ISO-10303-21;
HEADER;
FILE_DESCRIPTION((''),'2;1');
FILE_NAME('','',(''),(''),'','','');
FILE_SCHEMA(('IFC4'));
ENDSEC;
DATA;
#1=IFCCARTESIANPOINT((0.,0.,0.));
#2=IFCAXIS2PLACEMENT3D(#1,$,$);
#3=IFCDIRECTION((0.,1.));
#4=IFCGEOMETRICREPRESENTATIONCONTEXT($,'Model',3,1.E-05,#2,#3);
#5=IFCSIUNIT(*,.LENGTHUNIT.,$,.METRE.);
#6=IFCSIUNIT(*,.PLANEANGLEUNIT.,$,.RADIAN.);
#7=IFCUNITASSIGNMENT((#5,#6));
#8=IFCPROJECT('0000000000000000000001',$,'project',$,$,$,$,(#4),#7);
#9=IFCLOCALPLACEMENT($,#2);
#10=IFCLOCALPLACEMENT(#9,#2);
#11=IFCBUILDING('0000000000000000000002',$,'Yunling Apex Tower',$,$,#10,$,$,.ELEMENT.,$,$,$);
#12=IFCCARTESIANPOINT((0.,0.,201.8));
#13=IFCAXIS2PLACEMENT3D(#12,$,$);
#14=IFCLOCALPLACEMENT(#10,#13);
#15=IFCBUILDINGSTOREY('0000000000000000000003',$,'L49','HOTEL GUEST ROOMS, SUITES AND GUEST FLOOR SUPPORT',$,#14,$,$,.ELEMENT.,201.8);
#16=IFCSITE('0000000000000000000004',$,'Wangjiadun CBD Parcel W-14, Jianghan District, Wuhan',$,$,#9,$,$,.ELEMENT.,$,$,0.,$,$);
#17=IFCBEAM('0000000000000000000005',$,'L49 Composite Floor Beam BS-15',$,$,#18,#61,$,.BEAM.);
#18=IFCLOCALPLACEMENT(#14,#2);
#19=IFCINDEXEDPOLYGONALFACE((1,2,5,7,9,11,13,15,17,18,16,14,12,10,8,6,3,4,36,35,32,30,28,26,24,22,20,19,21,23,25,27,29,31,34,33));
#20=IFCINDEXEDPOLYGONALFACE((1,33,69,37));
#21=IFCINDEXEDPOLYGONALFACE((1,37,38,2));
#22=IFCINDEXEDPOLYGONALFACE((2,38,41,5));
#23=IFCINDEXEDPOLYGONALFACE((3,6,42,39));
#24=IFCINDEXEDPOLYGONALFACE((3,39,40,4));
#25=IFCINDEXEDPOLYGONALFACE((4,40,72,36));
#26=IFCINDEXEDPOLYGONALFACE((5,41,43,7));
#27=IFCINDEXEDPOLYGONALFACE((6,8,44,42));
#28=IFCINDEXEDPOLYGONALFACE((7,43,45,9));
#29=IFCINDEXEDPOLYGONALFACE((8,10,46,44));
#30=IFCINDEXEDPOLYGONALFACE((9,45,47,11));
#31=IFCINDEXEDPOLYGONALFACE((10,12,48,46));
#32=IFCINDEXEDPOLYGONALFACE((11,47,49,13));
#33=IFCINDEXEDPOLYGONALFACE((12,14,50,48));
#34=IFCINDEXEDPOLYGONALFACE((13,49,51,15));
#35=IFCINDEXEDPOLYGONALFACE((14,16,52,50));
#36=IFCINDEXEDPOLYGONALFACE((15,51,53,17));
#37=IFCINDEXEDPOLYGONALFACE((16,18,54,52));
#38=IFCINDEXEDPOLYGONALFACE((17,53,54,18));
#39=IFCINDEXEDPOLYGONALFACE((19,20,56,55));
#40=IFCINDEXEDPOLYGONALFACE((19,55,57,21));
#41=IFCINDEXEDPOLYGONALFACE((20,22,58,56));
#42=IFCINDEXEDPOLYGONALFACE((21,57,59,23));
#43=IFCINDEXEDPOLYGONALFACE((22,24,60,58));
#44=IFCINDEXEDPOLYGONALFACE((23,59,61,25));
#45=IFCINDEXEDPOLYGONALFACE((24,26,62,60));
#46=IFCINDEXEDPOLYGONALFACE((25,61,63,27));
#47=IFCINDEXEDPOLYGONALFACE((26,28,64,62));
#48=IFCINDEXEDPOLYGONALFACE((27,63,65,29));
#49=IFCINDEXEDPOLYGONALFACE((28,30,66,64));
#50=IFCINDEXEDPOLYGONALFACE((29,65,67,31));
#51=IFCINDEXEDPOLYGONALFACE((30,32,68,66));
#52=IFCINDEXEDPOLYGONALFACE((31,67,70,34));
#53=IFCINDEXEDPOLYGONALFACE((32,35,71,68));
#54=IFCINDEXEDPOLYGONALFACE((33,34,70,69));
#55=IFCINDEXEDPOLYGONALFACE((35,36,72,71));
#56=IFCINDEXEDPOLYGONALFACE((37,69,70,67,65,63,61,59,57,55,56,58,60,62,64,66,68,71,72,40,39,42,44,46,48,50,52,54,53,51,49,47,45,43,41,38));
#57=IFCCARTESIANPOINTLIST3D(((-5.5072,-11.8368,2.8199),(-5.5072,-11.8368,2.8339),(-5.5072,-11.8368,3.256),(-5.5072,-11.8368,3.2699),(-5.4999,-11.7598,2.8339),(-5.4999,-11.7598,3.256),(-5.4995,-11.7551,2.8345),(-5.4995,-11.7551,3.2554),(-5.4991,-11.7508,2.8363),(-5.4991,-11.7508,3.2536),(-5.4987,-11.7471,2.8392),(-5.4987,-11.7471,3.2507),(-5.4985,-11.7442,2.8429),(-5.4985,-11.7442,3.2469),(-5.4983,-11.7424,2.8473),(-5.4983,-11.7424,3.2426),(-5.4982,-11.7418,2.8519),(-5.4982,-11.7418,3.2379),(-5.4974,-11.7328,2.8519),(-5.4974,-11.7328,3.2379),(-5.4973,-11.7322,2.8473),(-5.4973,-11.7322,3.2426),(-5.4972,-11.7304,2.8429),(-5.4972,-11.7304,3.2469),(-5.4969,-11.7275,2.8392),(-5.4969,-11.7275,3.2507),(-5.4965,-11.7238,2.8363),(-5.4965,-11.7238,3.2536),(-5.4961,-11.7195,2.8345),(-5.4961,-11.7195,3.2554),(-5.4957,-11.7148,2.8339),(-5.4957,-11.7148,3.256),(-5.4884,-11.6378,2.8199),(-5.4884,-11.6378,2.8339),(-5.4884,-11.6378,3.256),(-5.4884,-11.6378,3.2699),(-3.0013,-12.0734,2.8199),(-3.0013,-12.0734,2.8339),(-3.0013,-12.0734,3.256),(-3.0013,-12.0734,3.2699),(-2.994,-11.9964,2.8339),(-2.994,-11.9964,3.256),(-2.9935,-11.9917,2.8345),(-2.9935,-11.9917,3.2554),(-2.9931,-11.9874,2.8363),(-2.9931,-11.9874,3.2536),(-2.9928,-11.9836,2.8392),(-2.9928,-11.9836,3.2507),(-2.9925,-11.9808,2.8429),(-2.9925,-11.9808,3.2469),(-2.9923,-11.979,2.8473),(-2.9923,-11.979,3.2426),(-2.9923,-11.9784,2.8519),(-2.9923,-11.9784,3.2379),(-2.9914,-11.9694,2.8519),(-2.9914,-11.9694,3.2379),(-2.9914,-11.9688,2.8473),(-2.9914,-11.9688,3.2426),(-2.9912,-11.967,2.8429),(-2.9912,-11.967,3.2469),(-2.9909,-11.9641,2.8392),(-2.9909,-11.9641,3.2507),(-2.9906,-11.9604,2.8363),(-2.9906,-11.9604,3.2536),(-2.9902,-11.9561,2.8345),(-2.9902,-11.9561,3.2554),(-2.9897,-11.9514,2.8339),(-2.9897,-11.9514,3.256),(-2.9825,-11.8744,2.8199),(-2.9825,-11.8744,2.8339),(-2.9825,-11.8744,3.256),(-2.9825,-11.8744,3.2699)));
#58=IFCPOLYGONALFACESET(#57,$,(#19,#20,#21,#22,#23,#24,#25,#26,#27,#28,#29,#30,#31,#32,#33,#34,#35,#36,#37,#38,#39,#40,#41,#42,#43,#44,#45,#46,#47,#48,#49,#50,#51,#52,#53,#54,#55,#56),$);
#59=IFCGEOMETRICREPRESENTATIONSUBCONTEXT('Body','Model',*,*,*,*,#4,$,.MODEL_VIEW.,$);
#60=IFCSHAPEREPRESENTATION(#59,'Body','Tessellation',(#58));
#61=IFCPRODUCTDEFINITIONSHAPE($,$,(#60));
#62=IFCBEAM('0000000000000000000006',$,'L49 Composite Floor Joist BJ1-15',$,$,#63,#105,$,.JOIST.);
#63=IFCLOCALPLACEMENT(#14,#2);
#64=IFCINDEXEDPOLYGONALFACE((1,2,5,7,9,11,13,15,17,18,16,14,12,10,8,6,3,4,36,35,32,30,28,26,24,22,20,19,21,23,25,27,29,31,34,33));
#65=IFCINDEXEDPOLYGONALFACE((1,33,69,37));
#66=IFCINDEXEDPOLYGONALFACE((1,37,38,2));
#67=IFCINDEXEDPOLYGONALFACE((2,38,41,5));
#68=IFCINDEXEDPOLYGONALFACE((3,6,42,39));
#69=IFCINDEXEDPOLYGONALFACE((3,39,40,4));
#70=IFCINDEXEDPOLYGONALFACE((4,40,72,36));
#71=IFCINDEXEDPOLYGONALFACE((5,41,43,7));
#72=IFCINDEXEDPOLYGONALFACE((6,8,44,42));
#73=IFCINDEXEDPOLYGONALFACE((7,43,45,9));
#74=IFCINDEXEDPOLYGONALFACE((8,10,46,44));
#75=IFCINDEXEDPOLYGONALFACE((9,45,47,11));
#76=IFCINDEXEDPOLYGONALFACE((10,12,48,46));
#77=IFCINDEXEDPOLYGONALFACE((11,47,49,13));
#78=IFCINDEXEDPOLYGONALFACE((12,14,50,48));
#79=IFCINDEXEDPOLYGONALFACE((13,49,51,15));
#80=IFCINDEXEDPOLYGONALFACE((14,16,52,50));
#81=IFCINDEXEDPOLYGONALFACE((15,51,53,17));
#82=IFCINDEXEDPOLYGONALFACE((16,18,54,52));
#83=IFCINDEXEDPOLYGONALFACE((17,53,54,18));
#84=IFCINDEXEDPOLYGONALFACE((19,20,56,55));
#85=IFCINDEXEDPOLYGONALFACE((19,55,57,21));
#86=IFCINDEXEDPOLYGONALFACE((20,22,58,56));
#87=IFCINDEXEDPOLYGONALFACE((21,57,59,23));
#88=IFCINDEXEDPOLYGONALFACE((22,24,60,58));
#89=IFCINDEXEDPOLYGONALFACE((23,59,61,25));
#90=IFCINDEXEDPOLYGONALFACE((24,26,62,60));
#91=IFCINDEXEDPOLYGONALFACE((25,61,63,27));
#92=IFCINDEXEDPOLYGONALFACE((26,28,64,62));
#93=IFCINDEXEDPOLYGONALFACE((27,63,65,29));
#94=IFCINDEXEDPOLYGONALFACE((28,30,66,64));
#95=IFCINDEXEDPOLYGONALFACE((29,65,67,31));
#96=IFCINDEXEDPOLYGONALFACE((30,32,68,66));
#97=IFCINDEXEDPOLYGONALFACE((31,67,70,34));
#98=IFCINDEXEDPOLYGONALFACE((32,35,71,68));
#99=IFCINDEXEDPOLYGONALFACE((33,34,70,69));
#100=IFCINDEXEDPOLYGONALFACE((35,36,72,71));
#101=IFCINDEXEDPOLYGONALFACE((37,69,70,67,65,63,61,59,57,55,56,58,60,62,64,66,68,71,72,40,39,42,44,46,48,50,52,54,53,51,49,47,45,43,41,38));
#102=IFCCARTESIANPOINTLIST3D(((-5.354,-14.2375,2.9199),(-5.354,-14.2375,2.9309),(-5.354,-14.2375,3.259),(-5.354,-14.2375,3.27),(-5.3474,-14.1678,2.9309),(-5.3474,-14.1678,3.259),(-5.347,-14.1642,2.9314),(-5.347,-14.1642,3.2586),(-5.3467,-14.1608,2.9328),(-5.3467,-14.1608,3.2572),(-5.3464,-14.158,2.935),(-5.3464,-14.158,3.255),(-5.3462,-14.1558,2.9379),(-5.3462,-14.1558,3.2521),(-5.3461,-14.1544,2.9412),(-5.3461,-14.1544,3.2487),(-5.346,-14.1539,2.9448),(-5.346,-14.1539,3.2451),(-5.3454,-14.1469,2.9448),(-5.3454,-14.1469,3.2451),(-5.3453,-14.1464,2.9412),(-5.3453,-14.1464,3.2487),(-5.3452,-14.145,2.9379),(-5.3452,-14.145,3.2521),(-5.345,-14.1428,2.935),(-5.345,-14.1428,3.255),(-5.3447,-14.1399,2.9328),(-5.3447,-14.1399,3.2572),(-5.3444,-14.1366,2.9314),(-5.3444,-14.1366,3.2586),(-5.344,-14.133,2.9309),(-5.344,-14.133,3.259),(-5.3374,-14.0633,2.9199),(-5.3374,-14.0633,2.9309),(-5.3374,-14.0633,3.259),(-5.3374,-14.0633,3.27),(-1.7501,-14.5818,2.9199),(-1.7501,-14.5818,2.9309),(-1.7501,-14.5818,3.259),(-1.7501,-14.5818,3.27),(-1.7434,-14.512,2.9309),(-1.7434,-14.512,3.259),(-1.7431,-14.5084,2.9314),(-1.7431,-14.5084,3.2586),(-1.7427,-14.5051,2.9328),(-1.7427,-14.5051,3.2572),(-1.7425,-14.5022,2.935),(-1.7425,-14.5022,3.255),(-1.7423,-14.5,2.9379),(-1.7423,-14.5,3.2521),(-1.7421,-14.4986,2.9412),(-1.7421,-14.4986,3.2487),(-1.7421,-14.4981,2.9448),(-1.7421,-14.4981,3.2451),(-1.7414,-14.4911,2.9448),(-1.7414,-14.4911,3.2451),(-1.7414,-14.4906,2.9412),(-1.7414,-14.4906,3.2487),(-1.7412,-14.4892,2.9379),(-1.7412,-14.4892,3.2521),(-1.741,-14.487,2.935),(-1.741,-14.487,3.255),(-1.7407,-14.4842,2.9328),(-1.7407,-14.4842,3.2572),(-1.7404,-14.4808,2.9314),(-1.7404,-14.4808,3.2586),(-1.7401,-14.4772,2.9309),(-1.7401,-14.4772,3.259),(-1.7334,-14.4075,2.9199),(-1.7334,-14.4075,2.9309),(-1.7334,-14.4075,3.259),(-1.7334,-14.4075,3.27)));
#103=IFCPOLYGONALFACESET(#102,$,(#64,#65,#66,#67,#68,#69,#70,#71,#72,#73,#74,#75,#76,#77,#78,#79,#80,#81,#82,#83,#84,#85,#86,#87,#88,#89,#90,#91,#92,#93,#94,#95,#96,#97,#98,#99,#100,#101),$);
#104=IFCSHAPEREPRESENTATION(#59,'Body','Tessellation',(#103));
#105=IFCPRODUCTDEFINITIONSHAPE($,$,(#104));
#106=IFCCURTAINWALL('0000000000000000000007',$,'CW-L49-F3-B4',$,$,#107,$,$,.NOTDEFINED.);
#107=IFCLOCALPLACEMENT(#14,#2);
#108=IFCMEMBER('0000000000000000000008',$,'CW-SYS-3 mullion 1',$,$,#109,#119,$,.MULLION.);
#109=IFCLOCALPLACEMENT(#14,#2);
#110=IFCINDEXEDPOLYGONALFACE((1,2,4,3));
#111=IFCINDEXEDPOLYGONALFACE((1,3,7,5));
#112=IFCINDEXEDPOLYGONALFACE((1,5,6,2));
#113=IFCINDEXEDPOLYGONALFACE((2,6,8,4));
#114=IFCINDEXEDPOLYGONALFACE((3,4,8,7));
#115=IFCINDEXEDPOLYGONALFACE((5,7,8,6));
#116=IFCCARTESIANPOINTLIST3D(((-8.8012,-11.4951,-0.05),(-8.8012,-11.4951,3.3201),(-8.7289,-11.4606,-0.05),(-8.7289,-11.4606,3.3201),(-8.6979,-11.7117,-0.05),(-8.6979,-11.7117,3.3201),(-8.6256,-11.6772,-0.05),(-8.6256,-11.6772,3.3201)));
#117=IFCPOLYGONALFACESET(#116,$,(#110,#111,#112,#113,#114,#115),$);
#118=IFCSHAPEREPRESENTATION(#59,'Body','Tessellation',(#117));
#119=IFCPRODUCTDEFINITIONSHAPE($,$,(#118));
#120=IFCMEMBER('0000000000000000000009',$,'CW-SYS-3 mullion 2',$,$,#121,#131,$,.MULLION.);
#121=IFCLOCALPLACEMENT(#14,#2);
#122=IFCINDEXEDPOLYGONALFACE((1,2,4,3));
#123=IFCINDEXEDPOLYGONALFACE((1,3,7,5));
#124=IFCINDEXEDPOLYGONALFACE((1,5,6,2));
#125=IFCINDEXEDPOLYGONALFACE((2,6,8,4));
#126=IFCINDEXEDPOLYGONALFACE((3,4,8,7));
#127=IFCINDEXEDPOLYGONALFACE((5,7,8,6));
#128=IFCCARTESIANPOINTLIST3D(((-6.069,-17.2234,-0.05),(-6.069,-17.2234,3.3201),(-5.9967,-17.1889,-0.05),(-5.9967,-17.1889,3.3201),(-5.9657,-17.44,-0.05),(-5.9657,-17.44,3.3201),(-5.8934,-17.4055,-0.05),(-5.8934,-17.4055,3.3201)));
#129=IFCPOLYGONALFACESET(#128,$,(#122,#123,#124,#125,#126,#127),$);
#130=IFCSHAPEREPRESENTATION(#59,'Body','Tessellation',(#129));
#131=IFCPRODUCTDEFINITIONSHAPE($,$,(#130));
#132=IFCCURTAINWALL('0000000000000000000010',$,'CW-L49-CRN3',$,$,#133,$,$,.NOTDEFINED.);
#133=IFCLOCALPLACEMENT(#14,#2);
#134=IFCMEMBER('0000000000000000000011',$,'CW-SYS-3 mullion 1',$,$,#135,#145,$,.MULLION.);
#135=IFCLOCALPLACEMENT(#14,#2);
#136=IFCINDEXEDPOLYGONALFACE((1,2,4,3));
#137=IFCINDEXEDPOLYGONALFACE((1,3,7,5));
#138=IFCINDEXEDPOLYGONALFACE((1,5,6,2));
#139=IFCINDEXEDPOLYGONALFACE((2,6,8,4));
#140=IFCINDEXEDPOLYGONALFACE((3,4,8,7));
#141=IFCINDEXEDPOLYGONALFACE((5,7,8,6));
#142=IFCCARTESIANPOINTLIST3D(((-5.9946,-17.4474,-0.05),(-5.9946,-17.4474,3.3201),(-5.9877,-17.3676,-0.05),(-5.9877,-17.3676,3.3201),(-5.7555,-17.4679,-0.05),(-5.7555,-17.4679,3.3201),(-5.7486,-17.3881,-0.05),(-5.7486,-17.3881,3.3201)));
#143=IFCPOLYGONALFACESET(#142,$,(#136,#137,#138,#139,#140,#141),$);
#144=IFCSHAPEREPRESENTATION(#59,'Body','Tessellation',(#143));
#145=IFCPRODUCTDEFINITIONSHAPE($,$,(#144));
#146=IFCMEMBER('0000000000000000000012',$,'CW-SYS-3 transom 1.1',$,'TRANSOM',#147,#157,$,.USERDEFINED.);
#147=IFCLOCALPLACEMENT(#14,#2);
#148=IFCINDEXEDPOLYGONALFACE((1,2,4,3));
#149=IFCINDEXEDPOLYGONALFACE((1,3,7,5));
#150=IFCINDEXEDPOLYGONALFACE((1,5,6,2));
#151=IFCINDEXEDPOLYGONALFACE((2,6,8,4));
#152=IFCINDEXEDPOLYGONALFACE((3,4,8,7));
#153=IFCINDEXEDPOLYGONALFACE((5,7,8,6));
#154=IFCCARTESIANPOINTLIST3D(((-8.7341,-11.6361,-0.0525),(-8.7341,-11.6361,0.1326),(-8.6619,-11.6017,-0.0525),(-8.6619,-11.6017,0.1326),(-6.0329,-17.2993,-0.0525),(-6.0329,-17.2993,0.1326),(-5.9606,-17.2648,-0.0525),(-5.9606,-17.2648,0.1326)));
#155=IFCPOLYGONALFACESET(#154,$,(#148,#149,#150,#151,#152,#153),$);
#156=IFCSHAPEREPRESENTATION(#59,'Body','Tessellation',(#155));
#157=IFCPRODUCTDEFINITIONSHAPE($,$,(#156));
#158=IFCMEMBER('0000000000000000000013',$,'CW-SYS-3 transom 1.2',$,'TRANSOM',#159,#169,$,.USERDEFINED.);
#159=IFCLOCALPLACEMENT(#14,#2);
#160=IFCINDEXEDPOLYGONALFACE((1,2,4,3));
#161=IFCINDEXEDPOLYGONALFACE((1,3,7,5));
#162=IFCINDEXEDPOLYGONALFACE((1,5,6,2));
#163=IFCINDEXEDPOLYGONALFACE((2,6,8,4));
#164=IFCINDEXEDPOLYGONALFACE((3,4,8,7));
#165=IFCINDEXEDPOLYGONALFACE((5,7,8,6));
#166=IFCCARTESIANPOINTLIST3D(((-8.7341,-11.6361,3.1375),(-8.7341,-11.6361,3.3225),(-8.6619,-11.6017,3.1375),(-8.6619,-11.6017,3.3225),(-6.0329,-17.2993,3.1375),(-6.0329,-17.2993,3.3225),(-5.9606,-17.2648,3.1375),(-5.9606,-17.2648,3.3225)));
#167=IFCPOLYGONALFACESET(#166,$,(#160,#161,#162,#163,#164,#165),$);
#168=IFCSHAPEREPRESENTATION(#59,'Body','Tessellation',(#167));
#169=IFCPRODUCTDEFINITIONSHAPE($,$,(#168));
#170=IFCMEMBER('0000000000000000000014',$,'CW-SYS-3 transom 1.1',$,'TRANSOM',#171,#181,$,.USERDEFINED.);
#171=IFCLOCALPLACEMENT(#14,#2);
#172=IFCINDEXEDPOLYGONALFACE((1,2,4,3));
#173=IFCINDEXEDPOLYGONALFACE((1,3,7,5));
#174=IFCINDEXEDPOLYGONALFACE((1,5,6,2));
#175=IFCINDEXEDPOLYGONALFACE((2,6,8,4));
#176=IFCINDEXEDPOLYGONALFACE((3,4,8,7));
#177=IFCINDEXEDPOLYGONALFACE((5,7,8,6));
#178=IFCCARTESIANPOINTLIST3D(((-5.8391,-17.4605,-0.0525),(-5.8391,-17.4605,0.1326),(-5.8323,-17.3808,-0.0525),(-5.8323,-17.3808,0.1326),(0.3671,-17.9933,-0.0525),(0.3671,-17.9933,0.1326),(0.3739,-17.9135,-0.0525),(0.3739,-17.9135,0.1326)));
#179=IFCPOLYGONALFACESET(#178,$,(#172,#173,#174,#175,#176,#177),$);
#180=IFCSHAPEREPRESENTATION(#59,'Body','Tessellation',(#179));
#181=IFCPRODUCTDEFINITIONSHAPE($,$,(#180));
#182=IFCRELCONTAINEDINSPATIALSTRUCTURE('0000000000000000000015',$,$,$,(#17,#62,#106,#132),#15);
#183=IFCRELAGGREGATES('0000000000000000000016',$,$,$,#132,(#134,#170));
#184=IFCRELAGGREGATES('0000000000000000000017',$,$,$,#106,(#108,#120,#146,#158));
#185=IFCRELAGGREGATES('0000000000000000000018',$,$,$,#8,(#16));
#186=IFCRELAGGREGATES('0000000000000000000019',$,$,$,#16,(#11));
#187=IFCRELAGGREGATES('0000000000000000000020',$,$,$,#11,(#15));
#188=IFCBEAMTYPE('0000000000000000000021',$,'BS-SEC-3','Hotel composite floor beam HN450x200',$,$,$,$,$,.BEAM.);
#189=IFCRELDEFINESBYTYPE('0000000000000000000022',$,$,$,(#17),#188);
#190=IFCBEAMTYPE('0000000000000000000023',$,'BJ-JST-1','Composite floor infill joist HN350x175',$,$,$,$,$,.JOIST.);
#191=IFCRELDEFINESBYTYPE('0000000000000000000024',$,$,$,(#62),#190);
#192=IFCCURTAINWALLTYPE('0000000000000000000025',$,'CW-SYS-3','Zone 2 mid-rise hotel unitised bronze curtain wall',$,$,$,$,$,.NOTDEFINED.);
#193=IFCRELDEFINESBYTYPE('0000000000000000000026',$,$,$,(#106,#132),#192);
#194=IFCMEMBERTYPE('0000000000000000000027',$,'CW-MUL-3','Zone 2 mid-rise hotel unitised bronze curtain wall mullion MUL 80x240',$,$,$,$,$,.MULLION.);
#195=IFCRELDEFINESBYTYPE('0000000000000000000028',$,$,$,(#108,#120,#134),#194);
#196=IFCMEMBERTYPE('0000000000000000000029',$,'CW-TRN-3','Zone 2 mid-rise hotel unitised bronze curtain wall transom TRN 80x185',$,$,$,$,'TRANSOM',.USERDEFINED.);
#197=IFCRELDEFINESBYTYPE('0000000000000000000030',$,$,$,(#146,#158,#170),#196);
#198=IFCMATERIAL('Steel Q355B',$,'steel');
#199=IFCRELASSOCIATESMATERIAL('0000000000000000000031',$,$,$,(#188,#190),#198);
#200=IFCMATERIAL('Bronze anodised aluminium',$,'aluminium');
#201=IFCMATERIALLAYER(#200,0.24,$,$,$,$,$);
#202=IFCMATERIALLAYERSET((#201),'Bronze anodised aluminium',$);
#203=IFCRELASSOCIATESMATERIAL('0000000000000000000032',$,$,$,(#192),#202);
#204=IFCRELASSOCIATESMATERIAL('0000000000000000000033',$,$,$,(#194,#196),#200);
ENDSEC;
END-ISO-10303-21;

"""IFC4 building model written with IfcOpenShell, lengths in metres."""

from ifc_helpers import new_model, si_unit, direction, frame, origin, origin_2d, place, context, subcontext, project, spatial, rectangle, i_section, extrude, source, transform, mapped, material, layer, layer_set, material_profile, profile_set, type_object, element, aggregate, save


model = new_model("IFC4")

# Units and contexts
model_context = context("Model", 3, precision=1e-05, world=origin(), true_north=direction((0.0, 1.0)))
body_context = subcontext(model_context, "Body", "Model", "MODEL_VIEW")
ifc_project = project(units=[si_unit("LENGTHUNIT", "METRE"), si_unit("PLANEANGLEUNIT", "RADIAN")], contexts=[model_context])

# Site, building, storey
site_placement = place(None, origin())
site = spatial("IfcSite", under=ifc_project, at=site_placement, Name="Wangjiadun CBD Parcel W-14, Jianghan District, Wuhan", CompositionType="ELEMENT", RefElevation=0.0)
building_placement = place(site_placement, origin())
building = spatial("IfcBuilding", under=site, at=building_placement, Name="Yunling Apex Tower", CompositionType="ELEMENT")
storey_placement = place(building_placement, frame((0.0, 0.0, 201.8)))
storey = spatial("IfcBuildingStorey", under=building, at=storey_placement, Name="L49", Description="HOTEL GUEST ROOMS, SUITES AND GUEST FLOOR SUPPORT", CompositionType="ELEMENT", Elevation=201.8)

# Beams
ifc_material_1 = material(Name="Steel Q355B", Category="steel")
ifc_material_profile_1 = material_profile(ifc_material_1, i_section(OverallWidth=0.2, OverallDepth=0.45, WebThickness=0.009, FlangeThickness=0.0139, FilletRadius=0.0181, at=origin_2d()))
ifc_profile_set_1 = profile_set([ifc_material_profile_1], Name="Steel Q355B")
beam_type_1 = type_object("IfcBeamType", Name="BS-SEC-3", Description="Hotel composite floor beam HN450x200", PredefinedType="BEAM", material=ifc_profile_set_1)
ifc_material_profile_2 = material_profile(ifc_material_1, i_section(OverallWidth=0.175, OverallDepth=0.3501, WebThickness=0.0071, FlangeThickness=0.011, FilletRadius=0.0139, at=origin_2d()))
ifc_profile_set_2 = profile_set([ifc_material_profile_2], Name="Steel Q355B")
beam_type_2 = type_object("IfcBeamType", Name="BJ-JST-1", Description="Composite floor infill joist HN350x175", PredefinedType="JOIST", material=ifc_profile_set_2)
shared_shape_1 = source(origin(), body_context, "Body", "SweptSolid", [
    extrude(i_section(OverallWidth=0.2, OverallDepth=0.45, WebThickness=0.009, FlangeThickness=0.0139, FilletRadius=0.0181, at=origin_2d()), origin(), (0.0, 0.0, 1.0), 2.5171),
])
beam_1_placement = place(storey_placement, frame((-5.4978, -11.7373, 3.0449), z_axis=(0.995573, -0.09399, 0.0), x_axis=(0.09399, 0.995573, 0.0)))
element("IfcBeam", 1, at=beam_1_placement, inside=storey, type_object=beam_type_1, Name="L49 Composite Floor Beam BS-15", PredefinedType="BEAM", context=body_context, shape_type="MappedRepresentation", body=[
    mapped(shared_shape_1, transform((0.0, 0.0, 0.0), scale=1.0)),
])
shared_shape_2 = source(origin(), body_context, "Body", "SweptSolid", [
    extrude(i_section(OverallWidth=0.175, OverallDepth=0.3501, WebThickness=0.0071, FlangeThickness=0.011, FilletRadius=0.0139, at=origin_2d()), origin(), (0.0, 0.0, 1.0), 3.6204),
])
beam_2_placement = place(storey_placement, frame((-5.3457, -14.1504, 3.095), z_axis=(0.995469, -0.095083, 0.0), x_axis=(0.095083, 0.995469, 0.0)))
element("IfcBeam", 2, at=beam_2_placement, inside=storey, type_object=beam_type_2, Name="L49 Composite Floor Joist BJ1-15", PredefinedType="JOIST", context=body_context, shape_type="MappedRepresentation", body=[
    mapped(shared_shape_2, transform((0.0, 0.0, 0.0), scale=1.0)),
])

# Curtain wall, members
ifc_material_2 = material(Name="Bronze anodised aluminium", Category="aluminium")
ifc_layer_1 = layer(ifc_material_2, 0.24)
ifc_layer_set_1 = layer_set([ifc_layer_1], Name="Bronze anodised aluminium")
curtain_wall_type = type_object("IfcCurtainWallType", Name="CW-SYS-3", Description="Zone 2 mid-rise hotel unitised bronze curtain wall", PredefinedType="NOTDEFINED", material=ifc_layer_set_1)
curtain_wall_1_placement = place(storey_placement, origin())
curtain_wall_1 = element("IfcCurtainWall", 3, at=curtain_wall_1_placement, inside=storey, type_object=curtain_wall_type, Name="CW-L49-F3-B4", PredefinedType="NOTDEFINED")
ifc_material_profile_3 = material_profile(ifc_material_2, rectangle(XDim=0.0801, YDim=0.24, at=origin_2d()))
ifc_profile_set_3 = profile_set([ifc_material_profile_3], Name="Bronze anodised aluminium")
member_type_1 = type_object("IfcMemberType", Name="CW-MUL-3", Description="Zone 2 mid-rise hotel unitised bronze curtain wall mullion MUL 80x240", PredefinedType="MULLION", material=ifc_profile_set_3)
shared_shape_3 = source(origin(), body_context, "Body", "SweptSolid", [
    extrude(rectangle(XDim=0.0801, YDim=0.24, at=origin_2d()), origin(), (0.0, 0.0, 1.0), 3.3701),
])
member_1_placement = place(storey_placement, frame((-8.7134, -11.5862, -0.05), z_axis=(0.0, 0.0, 1.0), x_axis=(0.902582, 0.430518, 0.0)))
member_1 = element("IfcMember", 4, at=member_1_placement, type_object=member_type_1, Name="CW-SYS-3 mullion 1", PredefinedType="MULLION", context=body_context, shape_type="MappedRepresentation", body=[
    mapped(shared_shape_3, transform((0.0, 0.0, 0.0), scale=1.0)),
])
member_2_placement = place(storey_placement, frame((-5.9812, -17.3145, -0.05), z_axis=(0.0, 0.0, 1.0), x_axis=(0.902582, 0.430518, 0.0)))
member_2 = element("IfcMember", 5, at=member_2_placement, type_object=member_type_1, Name="CW-SYS-3 mullion 2", PredefinedType="MULLION", context=body_context, shape_type="MappedRepresentation", body=[
    mapped(shared_shape_3, transform((0.0, 0.0, 0.0), scale=1.0)),
])

# Curtain wall, member
curtain_wall_2_placement = place(storey_placement, origin())
curtain_wall_2 = element("IfcCurtainWall", 6, at=curtain_wall_2_placement, inside=storey, type_object=curtain_wall_type, Name="CW-L49-CRN3", PredefinedType="NOTDEFINED")
member_3_placement = place(storey_placement, frame((-5.8716, -17.4177, -0.05), z_axis=(0.0, 0.0, 1.0), x_axis=(0.085517, 0.996337, 0.0)))
member_3 = element("IfcMember", 7, at=member_3_placement, type_object=member_type_1, Name="CW-SYS-3 mullion 1", PredefinedType="MULLION", context=body_context, shape_type="MappedRepresentation", body=[
    mapped(shared_shape_3, transform((0.0, 0.0, 0.0), scale=1.0)),
])

# Members
ifc_material_profile_4 = material_profile(ifc_material_2, rectangle(XDim=0.0801, YDim=0.1851, at=origin_2d()))
ifc_profile_set_4 = profile_set([ifc_material_profile_4], Name="Bronze anodised aluminium")
member_type_2 = type_object("IfcMemberType", Name="CW-TRN-3", Description="Zone 2 mid-rise hotel unitised bronze curtain wall transom TRN 80x185", ElementType="TRANSOM", PredefinedType="USERDEFINED", material=ifc_profile_set_4)
shared_shape_4 = source(origin(), body_context, "Body", "SweptSolid", [
    extrude(rectangle(XDim=0.0801, YDim=0.1851, at=origin_2d()), origin(), (0.0, 0.0, 1.0), 6.2744),
])
member_4_placement = place(storey_placement, frame((-8.698, -11.6189, 0.04), z_axis=(0.430513, -0.902584, 0.0), x_axis=(0.902584, 0.430513, 0.0)))
member_4 = element("IfcMember", 8, at=member_4_placement, type_object=member_type_2, Name="CW-SYS-3 transom 1.1", ObjectType="TRANSOM", PredefinedType="USERDEFINED", context=body_context, shape_type="MappedRepresentation", body=[
    mapped(shared_shape_4, transform((0.0, 0.0, 0.0), scale=1.0)),
])
member_5_placement = place(storey_placement, frame((-8.698, -11.6189, 3.23), z_axis=(0.430513, -0.902584, 0.0), x_axis=(0.902584, 0.430513, 0.0)))
member_5 = element("IfcMember", 9, at=member_5_placement, type_object=member_type_2, Name="CW-SYS-3 transom 1.2", ObjectType="TRANSOM", PredefinedType="USERDEFINED", context=body_context, shape_type="MappedRepresentation", body=[
    mapped(shared_shape_4, transform((0.0, 0.0, 0.0), scale=1.0)),
])
shared_shape_5 = source(origin(), body_context, "Body", "SweptSolid", [
    extrude(rectangle(XDim=0.0801, YDim=0.1851, at=origin_2d()), origin(), (0.0, 0.0, 1.0), 6.229),
])
member_6_placement = place(storey_placement, frame((-5.8357, -17.4207, 0.04), z_axis=(0.996336, -0.08552, 0.0), x_axis=(0.08552, 0.996336, 0.0)))
member_6 = element("IfcMember", 10, at=member_6_placement, type_object=member_type_2, Name="CW-SYS-3 transom 1.1", ObjectType="TRANSOM", PredefinedType="USERDEFINED", context=body_context, shape_type="MappedRepresentation", body=[
    mapped(shared_shape_5, transform((0.0, 0.0, 0.0), scale=1.0)),
])

aggregate(curtain_wall_2, [member_3, member_6])
aggregate(curtain_wall_1, [member_1, member_2, member_4, member_5])

save(model, "model.ifc")
